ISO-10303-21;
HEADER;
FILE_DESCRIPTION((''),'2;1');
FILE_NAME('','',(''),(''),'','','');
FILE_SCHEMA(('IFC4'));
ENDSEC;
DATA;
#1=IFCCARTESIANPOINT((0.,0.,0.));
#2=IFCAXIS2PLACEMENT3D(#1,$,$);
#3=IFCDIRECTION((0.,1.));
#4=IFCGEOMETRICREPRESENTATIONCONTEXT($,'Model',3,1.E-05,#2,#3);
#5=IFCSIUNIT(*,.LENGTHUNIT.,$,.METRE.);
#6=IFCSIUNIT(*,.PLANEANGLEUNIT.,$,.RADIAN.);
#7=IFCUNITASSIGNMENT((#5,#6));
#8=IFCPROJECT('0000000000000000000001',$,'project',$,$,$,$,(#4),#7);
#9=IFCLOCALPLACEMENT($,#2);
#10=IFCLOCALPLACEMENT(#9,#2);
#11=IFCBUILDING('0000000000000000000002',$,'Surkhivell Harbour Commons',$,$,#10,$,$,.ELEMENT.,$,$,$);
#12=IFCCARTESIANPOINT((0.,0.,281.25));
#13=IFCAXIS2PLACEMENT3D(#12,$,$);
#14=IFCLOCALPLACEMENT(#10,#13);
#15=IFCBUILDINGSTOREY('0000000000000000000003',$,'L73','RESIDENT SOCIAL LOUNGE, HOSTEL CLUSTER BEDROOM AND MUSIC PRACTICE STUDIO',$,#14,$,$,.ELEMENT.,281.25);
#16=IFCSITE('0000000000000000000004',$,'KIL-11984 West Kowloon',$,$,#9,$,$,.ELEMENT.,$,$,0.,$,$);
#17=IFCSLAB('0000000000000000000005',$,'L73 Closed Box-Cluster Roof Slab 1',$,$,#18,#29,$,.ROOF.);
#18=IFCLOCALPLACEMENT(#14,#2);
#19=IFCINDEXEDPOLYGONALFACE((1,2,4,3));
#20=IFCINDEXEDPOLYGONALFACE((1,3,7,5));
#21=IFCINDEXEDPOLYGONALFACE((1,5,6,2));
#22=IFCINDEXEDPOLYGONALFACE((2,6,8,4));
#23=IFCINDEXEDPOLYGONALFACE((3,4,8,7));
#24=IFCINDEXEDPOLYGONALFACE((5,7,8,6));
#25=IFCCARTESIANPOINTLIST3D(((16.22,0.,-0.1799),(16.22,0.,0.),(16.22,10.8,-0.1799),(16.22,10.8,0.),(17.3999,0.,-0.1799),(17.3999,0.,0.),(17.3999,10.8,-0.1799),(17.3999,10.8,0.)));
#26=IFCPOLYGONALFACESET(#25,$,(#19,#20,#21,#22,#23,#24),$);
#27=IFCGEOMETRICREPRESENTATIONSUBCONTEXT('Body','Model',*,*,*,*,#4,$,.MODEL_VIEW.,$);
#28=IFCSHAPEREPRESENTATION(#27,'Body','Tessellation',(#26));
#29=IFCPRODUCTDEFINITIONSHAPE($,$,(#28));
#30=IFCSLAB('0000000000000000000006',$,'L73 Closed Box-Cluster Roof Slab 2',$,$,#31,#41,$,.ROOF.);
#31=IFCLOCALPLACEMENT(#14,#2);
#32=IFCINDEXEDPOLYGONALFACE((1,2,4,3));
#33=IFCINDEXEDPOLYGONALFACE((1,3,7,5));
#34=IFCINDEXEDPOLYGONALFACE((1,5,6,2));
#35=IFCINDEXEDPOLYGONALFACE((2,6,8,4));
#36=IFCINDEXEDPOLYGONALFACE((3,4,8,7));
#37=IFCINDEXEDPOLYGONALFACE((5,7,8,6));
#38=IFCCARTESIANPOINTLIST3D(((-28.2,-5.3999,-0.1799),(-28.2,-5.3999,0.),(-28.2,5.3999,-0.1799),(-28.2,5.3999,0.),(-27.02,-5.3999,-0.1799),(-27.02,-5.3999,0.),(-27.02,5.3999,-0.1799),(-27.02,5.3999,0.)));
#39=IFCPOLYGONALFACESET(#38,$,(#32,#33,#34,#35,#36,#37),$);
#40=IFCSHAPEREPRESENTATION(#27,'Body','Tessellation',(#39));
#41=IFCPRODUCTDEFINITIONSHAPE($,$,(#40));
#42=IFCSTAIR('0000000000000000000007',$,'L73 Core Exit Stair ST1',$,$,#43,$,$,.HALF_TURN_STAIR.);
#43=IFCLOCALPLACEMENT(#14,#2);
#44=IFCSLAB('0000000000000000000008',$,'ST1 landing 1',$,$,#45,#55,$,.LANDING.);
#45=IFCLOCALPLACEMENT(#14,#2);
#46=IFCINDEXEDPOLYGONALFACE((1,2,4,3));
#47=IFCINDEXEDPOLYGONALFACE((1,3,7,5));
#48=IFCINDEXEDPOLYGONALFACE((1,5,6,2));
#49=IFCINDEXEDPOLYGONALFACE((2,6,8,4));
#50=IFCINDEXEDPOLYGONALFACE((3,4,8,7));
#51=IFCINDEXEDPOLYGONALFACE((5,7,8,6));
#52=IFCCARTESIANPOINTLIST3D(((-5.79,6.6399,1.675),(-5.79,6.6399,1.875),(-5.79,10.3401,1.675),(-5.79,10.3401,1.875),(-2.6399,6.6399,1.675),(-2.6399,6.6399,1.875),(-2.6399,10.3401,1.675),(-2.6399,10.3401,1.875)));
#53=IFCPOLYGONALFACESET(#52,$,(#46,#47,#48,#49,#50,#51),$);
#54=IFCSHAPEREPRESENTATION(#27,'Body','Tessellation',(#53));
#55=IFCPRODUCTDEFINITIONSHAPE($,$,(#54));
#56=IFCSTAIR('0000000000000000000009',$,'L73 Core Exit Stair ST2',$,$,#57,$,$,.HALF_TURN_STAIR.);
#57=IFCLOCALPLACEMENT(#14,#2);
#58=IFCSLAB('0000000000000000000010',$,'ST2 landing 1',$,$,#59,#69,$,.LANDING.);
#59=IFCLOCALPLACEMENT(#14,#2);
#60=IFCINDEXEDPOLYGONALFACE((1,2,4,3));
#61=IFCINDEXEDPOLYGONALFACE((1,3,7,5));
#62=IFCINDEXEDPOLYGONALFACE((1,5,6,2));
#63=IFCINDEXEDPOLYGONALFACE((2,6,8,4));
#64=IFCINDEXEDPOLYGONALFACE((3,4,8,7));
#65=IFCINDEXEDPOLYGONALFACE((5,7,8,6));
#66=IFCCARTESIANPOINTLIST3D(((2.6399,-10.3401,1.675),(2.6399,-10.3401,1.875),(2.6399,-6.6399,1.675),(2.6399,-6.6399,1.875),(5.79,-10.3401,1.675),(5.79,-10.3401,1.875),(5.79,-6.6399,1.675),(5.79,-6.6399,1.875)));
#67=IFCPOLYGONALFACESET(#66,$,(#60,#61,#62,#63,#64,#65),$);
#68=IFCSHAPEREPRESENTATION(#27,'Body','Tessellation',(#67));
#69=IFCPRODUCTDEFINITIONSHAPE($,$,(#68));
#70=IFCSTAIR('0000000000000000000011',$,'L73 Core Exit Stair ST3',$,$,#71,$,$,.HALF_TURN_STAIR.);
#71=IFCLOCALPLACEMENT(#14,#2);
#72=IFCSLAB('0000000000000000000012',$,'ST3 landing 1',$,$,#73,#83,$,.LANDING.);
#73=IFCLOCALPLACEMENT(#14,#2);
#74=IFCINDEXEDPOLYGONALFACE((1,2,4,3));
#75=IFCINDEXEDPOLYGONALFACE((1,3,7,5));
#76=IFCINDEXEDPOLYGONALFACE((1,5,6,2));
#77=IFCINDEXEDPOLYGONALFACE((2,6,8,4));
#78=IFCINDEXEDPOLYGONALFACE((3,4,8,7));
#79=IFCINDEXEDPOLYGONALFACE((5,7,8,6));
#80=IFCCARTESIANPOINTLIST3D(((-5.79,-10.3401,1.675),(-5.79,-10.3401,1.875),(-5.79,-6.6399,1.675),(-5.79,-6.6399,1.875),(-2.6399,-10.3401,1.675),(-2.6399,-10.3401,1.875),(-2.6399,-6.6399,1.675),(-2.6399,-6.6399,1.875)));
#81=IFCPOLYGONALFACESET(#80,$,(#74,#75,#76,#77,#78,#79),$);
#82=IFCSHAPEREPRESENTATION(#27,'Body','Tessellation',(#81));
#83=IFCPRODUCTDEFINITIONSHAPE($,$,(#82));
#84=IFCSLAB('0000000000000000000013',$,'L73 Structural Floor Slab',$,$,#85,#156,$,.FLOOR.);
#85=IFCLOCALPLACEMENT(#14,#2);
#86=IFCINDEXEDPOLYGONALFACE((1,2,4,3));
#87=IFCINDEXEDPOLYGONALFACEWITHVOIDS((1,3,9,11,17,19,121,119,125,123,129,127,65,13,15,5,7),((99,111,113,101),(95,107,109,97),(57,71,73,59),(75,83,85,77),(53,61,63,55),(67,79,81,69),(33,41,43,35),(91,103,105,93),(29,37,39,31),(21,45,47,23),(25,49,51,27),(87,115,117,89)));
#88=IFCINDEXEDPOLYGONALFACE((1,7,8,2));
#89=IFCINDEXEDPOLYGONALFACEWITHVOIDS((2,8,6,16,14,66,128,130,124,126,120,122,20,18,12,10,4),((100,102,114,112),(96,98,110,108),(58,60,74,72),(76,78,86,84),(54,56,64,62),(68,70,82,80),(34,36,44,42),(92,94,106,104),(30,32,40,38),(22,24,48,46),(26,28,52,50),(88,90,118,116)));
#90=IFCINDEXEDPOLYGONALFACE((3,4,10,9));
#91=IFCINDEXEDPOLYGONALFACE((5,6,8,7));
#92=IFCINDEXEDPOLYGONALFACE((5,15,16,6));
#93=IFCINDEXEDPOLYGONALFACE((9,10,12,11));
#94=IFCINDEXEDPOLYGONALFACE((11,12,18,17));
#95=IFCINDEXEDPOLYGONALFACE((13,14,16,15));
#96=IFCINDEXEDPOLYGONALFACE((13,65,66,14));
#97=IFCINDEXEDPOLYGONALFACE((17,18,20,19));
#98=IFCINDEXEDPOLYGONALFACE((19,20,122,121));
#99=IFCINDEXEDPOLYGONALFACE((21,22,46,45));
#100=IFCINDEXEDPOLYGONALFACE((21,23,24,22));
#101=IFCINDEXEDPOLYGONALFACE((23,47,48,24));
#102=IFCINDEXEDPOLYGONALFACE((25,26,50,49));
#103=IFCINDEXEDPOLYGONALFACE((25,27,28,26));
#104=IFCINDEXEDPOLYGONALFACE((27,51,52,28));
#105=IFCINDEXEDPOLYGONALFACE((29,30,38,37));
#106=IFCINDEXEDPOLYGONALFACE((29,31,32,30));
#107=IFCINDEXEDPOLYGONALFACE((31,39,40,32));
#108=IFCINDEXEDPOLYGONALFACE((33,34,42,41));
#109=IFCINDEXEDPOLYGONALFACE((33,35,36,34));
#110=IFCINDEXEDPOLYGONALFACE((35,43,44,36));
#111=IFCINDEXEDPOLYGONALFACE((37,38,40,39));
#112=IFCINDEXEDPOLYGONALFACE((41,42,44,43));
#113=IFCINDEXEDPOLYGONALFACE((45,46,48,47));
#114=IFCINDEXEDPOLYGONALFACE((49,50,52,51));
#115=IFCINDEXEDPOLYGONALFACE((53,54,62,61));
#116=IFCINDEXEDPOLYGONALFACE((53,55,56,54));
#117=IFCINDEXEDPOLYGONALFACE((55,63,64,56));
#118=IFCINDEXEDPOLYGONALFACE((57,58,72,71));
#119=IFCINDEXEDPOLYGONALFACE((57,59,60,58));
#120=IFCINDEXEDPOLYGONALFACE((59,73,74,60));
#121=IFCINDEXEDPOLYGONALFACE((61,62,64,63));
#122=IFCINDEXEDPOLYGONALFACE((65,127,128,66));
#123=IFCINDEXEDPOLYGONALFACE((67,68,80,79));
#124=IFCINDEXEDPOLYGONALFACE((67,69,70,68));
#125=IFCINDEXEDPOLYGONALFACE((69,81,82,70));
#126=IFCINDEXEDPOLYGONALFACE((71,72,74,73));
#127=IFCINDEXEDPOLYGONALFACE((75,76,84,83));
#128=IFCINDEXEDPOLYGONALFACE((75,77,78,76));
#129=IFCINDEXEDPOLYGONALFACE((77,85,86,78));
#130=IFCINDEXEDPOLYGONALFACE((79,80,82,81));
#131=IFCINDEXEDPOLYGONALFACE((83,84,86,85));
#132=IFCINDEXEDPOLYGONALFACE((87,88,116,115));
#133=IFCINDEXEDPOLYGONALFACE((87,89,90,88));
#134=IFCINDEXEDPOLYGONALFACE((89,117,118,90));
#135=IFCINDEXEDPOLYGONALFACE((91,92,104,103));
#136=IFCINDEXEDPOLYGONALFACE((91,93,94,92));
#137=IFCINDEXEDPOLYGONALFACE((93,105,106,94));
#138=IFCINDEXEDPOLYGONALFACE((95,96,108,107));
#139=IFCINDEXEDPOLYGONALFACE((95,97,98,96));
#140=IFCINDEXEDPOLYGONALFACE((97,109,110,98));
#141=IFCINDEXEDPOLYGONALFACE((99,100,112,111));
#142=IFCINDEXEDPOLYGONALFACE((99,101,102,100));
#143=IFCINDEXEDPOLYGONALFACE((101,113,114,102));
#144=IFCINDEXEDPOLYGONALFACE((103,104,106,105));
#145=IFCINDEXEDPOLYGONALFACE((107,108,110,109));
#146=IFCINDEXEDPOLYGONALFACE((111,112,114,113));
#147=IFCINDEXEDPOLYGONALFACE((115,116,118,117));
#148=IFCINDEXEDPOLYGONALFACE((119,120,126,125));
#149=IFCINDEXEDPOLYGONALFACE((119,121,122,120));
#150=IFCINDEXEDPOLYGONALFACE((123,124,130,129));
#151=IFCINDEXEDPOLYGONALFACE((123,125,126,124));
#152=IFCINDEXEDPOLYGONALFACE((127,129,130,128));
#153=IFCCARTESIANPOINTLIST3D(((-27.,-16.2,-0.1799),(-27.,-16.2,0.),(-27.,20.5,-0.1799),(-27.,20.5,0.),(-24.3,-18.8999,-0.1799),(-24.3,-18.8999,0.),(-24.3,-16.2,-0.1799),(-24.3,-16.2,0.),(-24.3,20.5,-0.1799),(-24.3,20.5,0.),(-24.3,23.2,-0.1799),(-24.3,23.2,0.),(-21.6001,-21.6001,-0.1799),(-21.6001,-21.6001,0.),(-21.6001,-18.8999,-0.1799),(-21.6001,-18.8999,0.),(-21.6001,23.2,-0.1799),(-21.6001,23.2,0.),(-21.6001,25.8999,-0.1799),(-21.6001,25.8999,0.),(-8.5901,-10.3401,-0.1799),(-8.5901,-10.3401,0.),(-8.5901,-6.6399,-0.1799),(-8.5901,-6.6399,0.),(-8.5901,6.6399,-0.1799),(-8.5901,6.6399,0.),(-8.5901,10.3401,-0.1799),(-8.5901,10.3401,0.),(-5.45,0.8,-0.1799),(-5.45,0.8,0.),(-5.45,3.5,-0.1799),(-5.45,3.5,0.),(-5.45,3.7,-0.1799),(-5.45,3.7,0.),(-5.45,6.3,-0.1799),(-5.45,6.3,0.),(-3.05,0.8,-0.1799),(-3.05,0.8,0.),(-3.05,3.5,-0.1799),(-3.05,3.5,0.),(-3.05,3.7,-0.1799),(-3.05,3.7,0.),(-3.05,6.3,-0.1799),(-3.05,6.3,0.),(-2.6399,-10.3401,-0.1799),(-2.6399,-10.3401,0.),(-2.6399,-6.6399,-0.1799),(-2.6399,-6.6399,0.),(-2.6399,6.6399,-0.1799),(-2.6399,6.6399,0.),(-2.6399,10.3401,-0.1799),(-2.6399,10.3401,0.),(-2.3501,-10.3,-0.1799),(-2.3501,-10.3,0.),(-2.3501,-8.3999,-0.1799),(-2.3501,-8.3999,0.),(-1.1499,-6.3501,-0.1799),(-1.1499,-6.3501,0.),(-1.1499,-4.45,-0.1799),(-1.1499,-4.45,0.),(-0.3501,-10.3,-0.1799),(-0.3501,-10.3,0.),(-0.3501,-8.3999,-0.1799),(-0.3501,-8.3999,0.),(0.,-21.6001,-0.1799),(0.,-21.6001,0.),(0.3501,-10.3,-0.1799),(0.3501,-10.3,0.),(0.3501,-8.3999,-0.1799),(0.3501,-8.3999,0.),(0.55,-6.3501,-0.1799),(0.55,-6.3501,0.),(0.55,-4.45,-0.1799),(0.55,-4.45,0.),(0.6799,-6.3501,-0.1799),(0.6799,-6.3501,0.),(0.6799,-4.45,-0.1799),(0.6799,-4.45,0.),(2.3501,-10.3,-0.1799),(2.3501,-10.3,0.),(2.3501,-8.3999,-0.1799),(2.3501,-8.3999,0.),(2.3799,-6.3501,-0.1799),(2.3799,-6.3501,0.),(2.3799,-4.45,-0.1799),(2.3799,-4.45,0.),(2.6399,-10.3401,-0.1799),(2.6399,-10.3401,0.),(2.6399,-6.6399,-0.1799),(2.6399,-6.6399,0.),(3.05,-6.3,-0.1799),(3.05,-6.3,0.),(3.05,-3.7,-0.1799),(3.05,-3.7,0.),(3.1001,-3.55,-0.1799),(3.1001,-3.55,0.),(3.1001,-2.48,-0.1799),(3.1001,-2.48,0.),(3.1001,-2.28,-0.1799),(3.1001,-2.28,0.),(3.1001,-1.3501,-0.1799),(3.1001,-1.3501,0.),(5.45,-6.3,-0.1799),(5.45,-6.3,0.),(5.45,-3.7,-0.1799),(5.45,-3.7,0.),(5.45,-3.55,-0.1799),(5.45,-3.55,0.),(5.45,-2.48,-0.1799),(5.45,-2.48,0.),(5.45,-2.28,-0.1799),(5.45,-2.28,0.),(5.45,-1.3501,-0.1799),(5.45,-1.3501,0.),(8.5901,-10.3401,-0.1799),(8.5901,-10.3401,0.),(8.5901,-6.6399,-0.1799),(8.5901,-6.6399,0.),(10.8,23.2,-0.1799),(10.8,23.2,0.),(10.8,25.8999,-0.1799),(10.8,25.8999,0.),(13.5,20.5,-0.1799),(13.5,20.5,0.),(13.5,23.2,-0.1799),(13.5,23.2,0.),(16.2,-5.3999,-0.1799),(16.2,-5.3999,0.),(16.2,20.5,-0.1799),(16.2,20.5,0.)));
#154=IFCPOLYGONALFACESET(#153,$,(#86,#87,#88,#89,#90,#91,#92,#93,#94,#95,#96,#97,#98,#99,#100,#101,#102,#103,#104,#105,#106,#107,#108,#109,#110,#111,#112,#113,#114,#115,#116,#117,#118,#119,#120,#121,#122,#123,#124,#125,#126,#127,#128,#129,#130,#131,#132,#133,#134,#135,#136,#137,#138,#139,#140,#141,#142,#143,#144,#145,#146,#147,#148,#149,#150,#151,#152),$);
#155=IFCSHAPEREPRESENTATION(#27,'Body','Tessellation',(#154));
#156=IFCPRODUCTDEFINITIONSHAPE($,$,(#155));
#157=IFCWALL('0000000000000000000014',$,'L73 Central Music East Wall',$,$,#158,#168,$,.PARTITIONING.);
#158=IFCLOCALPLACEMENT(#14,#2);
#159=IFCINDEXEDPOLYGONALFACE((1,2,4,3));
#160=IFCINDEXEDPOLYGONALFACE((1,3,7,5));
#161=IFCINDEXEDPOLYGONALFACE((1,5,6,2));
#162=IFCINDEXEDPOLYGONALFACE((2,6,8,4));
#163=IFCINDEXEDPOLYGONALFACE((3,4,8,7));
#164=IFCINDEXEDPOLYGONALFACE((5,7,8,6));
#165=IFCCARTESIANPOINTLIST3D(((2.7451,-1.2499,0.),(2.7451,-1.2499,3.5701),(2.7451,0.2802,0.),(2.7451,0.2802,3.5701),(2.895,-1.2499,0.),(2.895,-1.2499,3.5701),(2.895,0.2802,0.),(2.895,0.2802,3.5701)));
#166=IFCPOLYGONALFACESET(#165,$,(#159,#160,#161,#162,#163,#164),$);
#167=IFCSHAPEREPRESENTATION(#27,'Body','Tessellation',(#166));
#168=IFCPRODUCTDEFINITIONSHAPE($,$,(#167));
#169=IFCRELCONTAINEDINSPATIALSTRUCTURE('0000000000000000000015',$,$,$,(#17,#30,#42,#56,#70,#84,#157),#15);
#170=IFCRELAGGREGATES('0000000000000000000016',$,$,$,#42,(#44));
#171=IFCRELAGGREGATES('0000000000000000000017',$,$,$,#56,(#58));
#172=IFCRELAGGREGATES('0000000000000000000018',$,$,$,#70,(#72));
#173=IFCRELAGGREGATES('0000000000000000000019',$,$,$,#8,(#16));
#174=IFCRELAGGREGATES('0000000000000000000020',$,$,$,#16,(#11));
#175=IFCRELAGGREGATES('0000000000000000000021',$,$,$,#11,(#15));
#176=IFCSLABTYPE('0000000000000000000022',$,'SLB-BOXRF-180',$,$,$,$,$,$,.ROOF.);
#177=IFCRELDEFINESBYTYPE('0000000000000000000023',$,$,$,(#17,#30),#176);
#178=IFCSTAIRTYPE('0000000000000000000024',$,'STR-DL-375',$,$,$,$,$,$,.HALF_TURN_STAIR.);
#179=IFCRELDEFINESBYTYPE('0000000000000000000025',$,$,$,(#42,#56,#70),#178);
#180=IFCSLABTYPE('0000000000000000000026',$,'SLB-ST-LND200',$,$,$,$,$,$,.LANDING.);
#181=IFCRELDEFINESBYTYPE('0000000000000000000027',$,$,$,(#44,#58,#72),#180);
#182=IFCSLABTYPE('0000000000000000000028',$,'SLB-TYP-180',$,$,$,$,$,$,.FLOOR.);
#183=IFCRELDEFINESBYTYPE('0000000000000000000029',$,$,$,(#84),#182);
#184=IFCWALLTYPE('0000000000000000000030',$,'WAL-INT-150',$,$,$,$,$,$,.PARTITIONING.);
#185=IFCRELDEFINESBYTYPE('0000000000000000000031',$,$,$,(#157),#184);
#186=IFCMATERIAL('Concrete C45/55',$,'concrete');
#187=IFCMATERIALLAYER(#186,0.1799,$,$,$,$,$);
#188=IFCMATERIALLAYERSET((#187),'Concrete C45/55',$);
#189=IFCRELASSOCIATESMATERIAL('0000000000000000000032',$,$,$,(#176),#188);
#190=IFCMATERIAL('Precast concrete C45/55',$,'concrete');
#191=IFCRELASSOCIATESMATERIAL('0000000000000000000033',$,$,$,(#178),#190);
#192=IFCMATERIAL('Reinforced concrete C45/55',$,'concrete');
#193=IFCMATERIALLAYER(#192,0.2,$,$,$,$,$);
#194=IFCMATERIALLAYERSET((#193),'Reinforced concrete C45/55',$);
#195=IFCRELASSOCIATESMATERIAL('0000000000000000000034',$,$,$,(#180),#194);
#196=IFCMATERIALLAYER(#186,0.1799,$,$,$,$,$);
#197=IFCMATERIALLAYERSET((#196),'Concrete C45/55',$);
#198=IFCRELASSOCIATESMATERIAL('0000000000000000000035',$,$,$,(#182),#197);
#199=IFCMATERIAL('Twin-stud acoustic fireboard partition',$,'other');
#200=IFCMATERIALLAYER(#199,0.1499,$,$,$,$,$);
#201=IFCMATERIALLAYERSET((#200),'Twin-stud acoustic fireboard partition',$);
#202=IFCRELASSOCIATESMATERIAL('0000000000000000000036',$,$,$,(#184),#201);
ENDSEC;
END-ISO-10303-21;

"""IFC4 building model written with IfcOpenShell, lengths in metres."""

from ifc_helpers import new_model, si_unit, direction, frame, frame_2d, origin, place, context, subcontext, project, spatial, polyline, rectangle, outline, extrude, material, layer, layer_set, type_object, element, aggregate, save


model = new_model("IFC4")

# Units and contexts
model_context = context("Model", 3, precision=1e-05, world=origin(), true_north=direction((0.0, 1.0)))
body_context = subcontext(model_context, "Body", "Model", "MODEL_VIEW")
ifc_project = project(units=[si_unit("LENGTHUNIT", "METRE"), si_unit("PLANEANGLEUNIT", "RADIAN")], contexts=[model_context])

# Site, building, storey
site_placement = place(None, origin())
site = spatial("IfcSite", under=ifc_project, at=site_placement, Name="KIL-11984 West Kowloon", CompositionType="ELEMENT", RefElevation=0.0)
building_placement = place(site_placement, origin())
building = spatial("IfcBuilding", under=site, at=building_placement, Name="Surkhivell Harbour Commons", CompositionType="ELEMENT")
storey_placement = place(building_placement, frame((0.0, 0.0, 281.25)))
storey = spatial("IfcBuildingStorey", under=building, at=storey_placement, Name="L73", Description="RESIDENT SOCIAL LOUNGE, HOSTEL CLUSTER BEDROOM AND MUSIC PRACTICE STUDIO", CompositionType="ELEMENT", Elevation=281.25)

# Slabs
ifc_material_1 = material(Name="Concrete C45/55", Category="concrete")
ifc_layer_1 = layer(ifc_material_1, 0.1799)
ifc_layer_set_1 = layer_set([ifc_layer_1], Name="Concrete C45/55")
slab_type_1 = type_object("IfcSlabType", Name="SLB-BOXRF-180", PredefinedType="ROOF", material=ifc_layer_set_1)
slab_1_placement = place(storey_placement, frame((0.0, 0.0, -0.1799)))
element("IfcSlab", 1, at=slab_1_placement, inside=storey, type_object=slab_type_1, Name="L73 Closed Box-Cluster Roof Slab 1", PredefinedType="ROOF", context=body_context, shape_type="SweptSolid", body=[
    extrude(outline(polyline([(17.3999, 10.8), (16.22, 10.8), (16.22, 0.0), (17.3999, 0.0), (17.3999, 10.8)])), origin(), (0.0, 0.0, 1.0), 0.1799),
])
slab_2_placement = place(storey_placement, frame((0.0, 0.0, -0.1799)))
element("IfcSlab", 2, at=slab_2_placement, inside=storey, type_object=slab_type_1, Name="L73 Closed Box-Cluster Roof Slab 2", PredefinedType="ROOF", context=body_context, shape_type="SweptSolid", body=[
    extrude(outline(polyline([(-28.2, -5.3999), (-27.02, -5.3999), (-27.02, 5.3999), (-28.2, 5.3999), (-28.2, -5.3999)])), origin(), (0.0, 0.0, 1.0), 0.1799),
])

# Stairs, slabs
ifc_material_2 = material(Name="Precast concrete C45/55", Category="concrete")
stair_type = type_object("IfcStairType", Name="STR-DL-375", PredefinedType="HALF_TURN_STAIR", material=ifc_material_2)
stair_1_placement = place(storey_placement, origin())
stair_1 = element("IfcStair", 3, at=stair_1_placement, inside=storey, type_object=stair_type, Name="L73 Core Exit Stair ST1", PredefinedType="HALF_TURN_STAIR")
ifc_material_3 = material(Name="Reinforced concrete C45/55", Category="concrete")
ifc_layer_2 = layer(ifc_material_3, 0.2)
ifc_layer_set_2 = layer_set([ifc_layer_2], Name="Reinforced concrete C45/55")
slab_type_2 = type_object("IfcSlabType", Name="SLB-ST-LND200", PredefinedType="LANDING", material=ifc_layer_set_2)
slab_3_placement = place(storey_placement, frame((0.0, 0.0, 1.675)))
slab_3 = element("IfcSlab", 4, at=slab_3_placement, type_object=slab_type_2, Name="ST1 landing 1", PredefinedType="LANDING", context=body_context, shape_type="SweptSolid", body=[
    extrude(outline(polyline([(-5.79, 6.6399), (-2.6399, 6.6399), (-2.6399, 10.3401), (-5.79, 10.3401), (-5.79, 6.6399)])), origin(), (0.0, 0.0, 1.0), 0.2),
])
aggregate(stair_1, [slab_3])
stair_2_placement = place(storey_placement, origin())
stair_2 = element("IfcStair", 5, at=stair_2_placement, inside=storey, type_object=stair_type, Name="L73 Core Exit Stair ST2", PredefinedType="HALF_TURN_STAIR")
slab_4_placement = place(storey_placement, frame((0.0, 0.0, 1.675)))
slab_4 = element("IfcSlab", 6, at=slab_4_placement, type_object=slab_type_2, Name="ST2 landing 1", PredefinedType="LANDING", context=body_context, shape_type="SweptSolid", body=[
    extrude(outline(polyline([(5.79, -6.6399), (2.6399, -6.6399), (2.6399, -10.3401), (5.79, -10.3401), (5.79, -6.6399)])), origin(), (0.0, 0.0, 1.0), 0.2),
])
aggregate(stair_2, [slab_4])
stair_3_placement = place(storey_placement, origin())
stair_3 = element("IfcStair", 7, at=stair_3_placement, inside=storey, type_object=stair_type, Name="L73 Core Exit Stair ST3", PredefinedType="HALF_TURN_STAIR")
slab_5_placement = place(storey_placement, frame((0.0, 0.0, 1.675)))
slab_5 = element("IfcSlab", 8, at=slab_5_placement, type_object=slab_type_2, Name="ST3 landing 1", PredefinedType="LANDING", context=body_context, shape_type="SweptSolid", body=[
    extrude(outline(polyline([(-5.79, -10.3401), (-2.6399, -10.3401), (-2.6399, -6.6399), (-5.79, -6.6399), (-5.79, -10.3401)])), origin(), (0.0, 0.0, 1.0), 0.2),
])
aggregate(stair_3, [slab_5])

# Slab
ifc_layer_3 = layer(ifc_material_1, 0.1799)
ifc_layer_set_3 = layer_set([ifc_layer_3], Name="Concrete C45/55")
slab_type_3 = type_object("IfcSlabType", Name="SLB-TYP-180", PredefinedType="FLOOR", material=ifc_layer_set_3)
slab_6_placement = place(storey_placement, frame((0.0, 0.0, -0.1799)))
element("IfcSlab", 9, at=slab_6_placement, inside=storey, type_object=slab_type_3, Name="L73 Structural Floor Slab", PredefinedType="FLOOR", context=body_context, shape_type="SweptSolid", body=[
    extrude(outline(polyline([(-21.6001, -21.6001), (0.0, -21.6001), (16.2, -5.3999), (16.2, 20.5), (13.5, 20.5), (13.5, 23.2), (10.8, 23.2), (10.8, 25.8999), (-21.6001, 25.8999), (-21.6001, 23.2), (-24.3, 23.2), (-24.3, 20.5), (-27.0, 20.5), (-27.0, -16.2), (-24.3, -16.2), (-24.3, -18.8999), (-21.6001, -18.8999), (-21.6001, -21.6001)]), holes=[polyline([(-8.5901, 6.6399), (-2.6399, 6.6399), (-2.6399, 10.3401), (-8.5901, 10.3401), (-8.5901, 6.6399)]), polyline([(8.5901, -6.6399), (2.6399, -6.6399), (2.6399, -10.3401), (8.5901, -10.3401), (8.5901, -6.6399)]), polyline([(-8.5901, -10.3401), (-2.6399, -10.3401), (-2.6399, -6.6399), (-8.5901, -6.6399), (-8.5901, -10.3401)]), polyline([(-1.1499, -6.3501), (0.55, -6.3501), (0.55, -4.45), (-1.1499, -4.45), (-1.1499, -6.3501)]), polyline([(0.6799, -6.3501), (2.3799, -6.3501), (2.3799, -4.45), (0.6799, -4.45), (0.6799, -6.3501)]), polyline([(-2.3501, -10.3), (-0.3501, -10.3), (-0.3501, -8.3999), (-2.3501, -8.3999), (-2.3501, -10.3)]), polyline([(0.3501, -10.3), (2.3501, -10.3), (2.3501, -8.3999), (0.3501, -8.3999), (0.3501, -10.3)]), polyline([(-5.45, 3.7), (-3.05, 3.7), (-3.05, 6.3), (-5.45, 6.3), (-5.45, 3.7)]), polyline([(3.05, -6.3), (5.45, -6.3), (5.45, -3.7), (3.05, -3.7), (3.05, -6.3)]), polyline([(-5.45, 0.8), (-3.05, 0.8), (-3.05, 3.5), (-5.45, 3.5), (-5.45, 0.8)]), polyline([(3.1001, -3.55), (5.45, -3.55), (5.45, -2.48), (3.1001, -2.48), (3.1001, -3.55)]), polyline([(3.1001, -2.28), (5.45, -2.28), (5.45, -1.3501), (3.1001, -1.3501), (3.1001, -2.28)])]), origin(), (0.0, 0.0, 1.0), 0.1799),
])

# Wall
ifc_material_4 = material(Name="Twin-stud acoustic fireboard partition", Category="other")
ifc_layer_4 = layer(ifc_material_4, 0.1499)
ifc_layer_set_4 = layer_set([ifc_layer_4], Name="Twin-stud acoustic fireboard partition")
wall_type_1 = type_object("IfcWallType", Name="WAL-INT-150", PredefinedType="PARTITIONING", material=ifc_layer_set_4)
wall_1_placement = place(storey_placement, frame((2.8201, -1.25, 0.0), z_axis=(0.0, 0.0, 1.0), x_axis=(0.0, 1.0, 0.0)))
element("IfcWall", 10, at=wall_1_placement, inside=storey, type_object=wall_type_1, Name="L73 Central Music East Wall", PredefinedType="PARTITIONING", context=body_context, shape_type="SweptSolid", body=[
    extrude(rectangle(XDim=1.53, YDim=0.1499, at=frame_2d((0.7651, 0.0))), origin(), (0.0, 0.0, 1.0), 3.5701),
])

save(model, "model.ifc")
